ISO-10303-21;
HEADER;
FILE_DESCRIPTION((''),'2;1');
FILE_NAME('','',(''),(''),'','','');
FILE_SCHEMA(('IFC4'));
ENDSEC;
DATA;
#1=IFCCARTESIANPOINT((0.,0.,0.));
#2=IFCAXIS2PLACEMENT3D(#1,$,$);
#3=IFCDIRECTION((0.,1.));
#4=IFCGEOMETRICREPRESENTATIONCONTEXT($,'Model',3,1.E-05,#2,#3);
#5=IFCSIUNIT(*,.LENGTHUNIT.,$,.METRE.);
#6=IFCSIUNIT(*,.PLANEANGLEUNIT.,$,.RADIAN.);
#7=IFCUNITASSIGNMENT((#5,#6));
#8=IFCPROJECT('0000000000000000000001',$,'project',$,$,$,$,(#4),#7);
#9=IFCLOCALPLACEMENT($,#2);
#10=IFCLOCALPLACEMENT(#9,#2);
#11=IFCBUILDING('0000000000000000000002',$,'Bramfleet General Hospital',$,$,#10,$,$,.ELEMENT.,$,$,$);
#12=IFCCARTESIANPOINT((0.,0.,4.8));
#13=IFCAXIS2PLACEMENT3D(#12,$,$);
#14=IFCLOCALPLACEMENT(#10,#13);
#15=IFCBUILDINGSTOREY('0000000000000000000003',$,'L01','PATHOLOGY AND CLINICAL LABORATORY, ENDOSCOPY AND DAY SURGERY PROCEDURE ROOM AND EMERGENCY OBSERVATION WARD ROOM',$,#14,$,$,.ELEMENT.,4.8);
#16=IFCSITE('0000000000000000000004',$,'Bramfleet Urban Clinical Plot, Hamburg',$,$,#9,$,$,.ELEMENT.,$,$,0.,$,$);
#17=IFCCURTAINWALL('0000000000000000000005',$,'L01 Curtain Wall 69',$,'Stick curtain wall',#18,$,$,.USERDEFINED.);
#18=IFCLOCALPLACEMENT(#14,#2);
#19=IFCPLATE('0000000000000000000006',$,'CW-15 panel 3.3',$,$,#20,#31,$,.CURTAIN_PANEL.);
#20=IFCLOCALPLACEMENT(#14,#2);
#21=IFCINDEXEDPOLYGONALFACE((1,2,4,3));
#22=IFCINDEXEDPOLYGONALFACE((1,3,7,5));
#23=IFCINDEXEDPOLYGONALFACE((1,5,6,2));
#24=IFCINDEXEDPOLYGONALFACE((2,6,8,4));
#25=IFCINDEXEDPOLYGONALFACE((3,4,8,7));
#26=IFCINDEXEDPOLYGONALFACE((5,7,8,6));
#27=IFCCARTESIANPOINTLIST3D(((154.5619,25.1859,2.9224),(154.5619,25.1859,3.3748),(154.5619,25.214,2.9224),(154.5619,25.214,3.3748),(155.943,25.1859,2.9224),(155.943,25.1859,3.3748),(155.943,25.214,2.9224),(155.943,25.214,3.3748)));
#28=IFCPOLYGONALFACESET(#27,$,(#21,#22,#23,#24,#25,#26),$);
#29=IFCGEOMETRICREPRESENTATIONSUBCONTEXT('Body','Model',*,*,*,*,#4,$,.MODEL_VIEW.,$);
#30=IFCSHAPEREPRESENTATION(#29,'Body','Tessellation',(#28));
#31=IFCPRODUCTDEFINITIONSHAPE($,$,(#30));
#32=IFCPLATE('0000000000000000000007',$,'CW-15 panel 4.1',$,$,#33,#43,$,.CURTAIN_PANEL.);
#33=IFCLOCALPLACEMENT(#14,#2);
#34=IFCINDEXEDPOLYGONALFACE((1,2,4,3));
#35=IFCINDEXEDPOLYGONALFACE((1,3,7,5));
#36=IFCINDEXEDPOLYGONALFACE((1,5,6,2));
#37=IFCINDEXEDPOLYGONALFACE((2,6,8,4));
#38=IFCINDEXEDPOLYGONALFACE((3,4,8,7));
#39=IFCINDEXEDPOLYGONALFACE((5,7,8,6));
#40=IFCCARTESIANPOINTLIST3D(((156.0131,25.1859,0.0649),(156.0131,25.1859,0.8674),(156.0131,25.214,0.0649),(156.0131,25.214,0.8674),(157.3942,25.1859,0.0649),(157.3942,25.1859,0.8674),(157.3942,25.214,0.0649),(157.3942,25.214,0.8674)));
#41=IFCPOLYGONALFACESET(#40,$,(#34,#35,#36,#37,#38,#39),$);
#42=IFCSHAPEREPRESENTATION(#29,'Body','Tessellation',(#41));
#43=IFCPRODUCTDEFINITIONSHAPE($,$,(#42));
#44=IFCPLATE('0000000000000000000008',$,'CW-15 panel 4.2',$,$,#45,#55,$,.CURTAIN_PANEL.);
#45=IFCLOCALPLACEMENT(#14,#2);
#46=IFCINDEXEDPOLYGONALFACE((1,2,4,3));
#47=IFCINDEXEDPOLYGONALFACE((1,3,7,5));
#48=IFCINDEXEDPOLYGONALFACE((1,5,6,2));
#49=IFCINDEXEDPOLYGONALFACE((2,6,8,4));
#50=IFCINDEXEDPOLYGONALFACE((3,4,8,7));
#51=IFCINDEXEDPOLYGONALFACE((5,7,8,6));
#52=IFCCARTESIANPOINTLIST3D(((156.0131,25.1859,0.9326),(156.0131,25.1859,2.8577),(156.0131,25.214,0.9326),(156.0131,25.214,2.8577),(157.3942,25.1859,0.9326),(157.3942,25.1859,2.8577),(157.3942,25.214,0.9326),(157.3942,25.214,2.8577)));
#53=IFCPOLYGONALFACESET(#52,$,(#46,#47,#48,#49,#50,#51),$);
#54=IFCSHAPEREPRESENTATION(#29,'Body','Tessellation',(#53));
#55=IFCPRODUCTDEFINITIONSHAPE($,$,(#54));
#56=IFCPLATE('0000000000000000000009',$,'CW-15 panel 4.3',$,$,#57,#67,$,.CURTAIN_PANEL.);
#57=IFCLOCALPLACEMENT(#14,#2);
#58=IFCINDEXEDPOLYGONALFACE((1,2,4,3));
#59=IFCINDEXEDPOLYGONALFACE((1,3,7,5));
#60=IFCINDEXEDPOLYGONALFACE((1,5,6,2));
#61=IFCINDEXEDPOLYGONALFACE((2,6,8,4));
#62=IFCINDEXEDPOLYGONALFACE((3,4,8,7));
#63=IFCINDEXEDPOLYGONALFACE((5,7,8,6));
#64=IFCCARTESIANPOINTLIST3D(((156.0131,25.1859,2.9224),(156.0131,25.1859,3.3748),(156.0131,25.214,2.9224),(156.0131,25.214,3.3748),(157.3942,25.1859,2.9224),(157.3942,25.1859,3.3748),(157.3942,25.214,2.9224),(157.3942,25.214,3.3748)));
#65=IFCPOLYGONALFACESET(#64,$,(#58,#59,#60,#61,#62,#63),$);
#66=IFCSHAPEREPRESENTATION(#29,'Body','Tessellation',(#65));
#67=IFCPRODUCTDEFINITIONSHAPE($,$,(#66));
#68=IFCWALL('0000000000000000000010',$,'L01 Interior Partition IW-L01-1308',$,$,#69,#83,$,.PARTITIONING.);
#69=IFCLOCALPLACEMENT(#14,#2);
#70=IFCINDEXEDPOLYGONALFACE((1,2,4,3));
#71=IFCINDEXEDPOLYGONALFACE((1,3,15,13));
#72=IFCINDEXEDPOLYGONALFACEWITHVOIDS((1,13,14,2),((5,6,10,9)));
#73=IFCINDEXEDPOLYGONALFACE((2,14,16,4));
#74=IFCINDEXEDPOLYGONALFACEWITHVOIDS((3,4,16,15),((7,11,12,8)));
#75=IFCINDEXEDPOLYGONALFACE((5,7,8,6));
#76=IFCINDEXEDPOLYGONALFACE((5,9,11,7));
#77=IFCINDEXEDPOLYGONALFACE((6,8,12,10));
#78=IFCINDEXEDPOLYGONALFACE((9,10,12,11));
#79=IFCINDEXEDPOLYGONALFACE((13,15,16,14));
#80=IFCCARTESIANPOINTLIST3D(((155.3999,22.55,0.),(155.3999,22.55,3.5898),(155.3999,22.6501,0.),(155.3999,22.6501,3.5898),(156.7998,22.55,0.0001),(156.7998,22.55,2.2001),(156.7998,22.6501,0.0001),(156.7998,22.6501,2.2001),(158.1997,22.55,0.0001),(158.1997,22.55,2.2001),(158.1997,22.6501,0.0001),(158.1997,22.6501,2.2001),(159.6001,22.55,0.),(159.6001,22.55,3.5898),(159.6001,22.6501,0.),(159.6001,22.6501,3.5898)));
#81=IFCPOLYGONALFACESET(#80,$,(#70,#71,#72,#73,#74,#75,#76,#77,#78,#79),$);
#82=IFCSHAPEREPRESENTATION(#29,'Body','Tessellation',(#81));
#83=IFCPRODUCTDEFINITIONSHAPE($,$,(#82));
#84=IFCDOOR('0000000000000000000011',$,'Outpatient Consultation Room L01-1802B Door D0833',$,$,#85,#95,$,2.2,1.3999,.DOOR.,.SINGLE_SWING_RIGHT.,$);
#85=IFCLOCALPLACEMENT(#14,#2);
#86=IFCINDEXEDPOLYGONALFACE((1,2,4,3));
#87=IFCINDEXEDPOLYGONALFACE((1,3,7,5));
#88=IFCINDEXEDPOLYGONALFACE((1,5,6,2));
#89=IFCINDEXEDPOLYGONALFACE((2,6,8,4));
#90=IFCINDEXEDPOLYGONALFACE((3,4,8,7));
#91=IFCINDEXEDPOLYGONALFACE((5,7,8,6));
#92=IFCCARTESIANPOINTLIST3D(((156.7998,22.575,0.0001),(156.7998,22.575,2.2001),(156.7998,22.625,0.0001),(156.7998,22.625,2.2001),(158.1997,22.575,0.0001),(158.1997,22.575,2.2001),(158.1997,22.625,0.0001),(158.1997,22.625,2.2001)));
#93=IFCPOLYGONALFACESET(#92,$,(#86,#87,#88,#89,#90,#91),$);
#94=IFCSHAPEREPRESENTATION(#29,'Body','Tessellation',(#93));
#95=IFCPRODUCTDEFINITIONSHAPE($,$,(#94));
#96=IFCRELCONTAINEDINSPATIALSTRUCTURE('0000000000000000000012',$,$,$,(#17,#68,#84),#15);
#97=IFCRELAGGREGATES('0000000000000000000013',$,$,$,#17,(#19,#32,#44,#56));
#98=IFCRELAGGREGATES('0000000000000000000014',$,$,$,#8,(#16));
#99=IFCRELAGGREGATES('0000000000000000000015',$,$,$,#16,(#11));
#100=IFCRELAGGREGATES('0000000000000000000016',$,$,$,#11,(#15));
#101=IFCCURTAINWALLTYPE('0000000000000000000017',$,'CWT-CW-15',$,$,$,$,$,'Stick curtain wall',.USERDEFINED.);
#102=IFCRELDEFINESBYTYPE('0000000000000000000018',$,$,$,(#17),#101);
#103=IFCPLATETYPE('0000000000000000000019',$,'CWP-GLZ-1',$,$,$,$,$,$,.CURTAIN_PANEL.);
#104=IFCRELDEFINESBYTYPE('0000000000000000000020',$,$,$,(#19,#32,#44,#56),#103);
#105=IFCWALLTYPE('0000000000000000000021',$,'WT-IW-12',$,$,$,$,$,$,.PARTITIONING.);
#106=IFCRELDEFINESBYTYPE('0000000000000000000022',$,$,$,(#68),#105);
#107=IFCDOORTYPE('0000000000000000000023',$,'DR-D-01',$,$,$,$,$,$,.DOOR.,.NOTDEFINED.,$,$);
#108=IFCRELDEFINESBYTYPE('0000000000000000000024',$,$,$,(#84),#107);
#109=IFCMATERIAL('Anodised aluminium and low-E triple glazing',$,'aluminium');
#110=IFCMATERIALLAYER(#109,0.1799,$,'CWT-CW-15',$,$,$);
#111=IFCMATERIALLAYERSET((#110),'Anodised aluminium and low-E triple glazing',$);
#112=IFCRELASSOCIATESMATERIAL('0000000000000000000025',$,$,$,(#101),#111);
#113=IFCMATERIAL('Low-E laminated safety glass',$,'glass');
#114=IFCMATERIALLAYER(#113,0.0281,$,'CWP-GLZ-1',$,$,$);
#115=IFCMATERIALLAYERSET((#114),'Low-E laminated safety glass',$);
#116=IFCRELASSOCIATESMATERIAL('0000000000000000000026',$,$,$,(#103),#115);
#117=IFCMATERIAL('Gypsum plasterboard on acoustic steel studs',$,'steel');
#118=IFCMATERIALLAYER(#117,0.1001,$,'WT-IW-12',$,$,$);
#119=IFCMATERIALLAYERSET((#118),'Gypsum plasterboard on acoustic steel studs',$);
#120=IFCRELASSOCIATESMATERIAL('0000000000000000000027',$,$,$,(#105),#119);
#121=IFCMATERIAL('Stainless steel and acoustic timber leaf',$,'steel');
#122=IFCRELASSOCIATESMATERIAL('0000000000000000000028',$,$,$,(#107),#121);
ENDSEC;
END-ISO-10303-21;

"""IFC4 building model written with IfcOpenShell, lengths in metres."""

from ifc_helpers import new_model, si_unit, direction, frame, frame_2d, origin, origin_2d, place, context, subcontext, project, spatial, rectangle, extrude, material, layer, layer_set, type_object, element, fill, aggregate, save


model = new_model("IFC4")

# Units and contexts
model_context = context("Model", 3, precision=1e-05, world=origin(), true_north=direction((0.0, 1.0)))
body_context = subcontext(model_context, "Body", "Model", "MODEL_VIEW")
ifc_project = project(units=[si_unit("LENGTHUNIT", "METRE"), si_unit("PLANEANGLEUNIT", "RADIAN")], contexts=[model_context])

# Site, building, storey
site_placement = place(None, origin())
site = spatial("IfcSite", under=ifc_project, at=site_placement, Name="Bramfleet Urban Clinical Plot, Hamburg", CompositionType="ELEMENT", RefElevation=0.0)
building_placement = place(site_placement, origin())
building = spatial("IfcBuilding", under=site, at=building_placement, Name="Bramfleet General Hospital", CompositionType="ELEMENT")
storey_placement = place(building_placement, frame((0.0, 0.0, 4.8)))
storey = spatial("IfcBuildingStorey", under=building, at=storey_placement, Name="L01", Description="PATHOLOGY AND CLINICAL LABORATORY, ENDOSCOPY AND DAY SURGERY PROCEDURE ROOM AND EMERGENCY OBSERVATION WARD ROOM", CompositionType="ELEMENT", Elevation=4.8)

# Curtain wall, plates
ifc_material_1 = material(Name="Anodised aluminium and low-E triple glazing", Category="aluminium")
ifc_layer_1 = layer(ifc_material_1, 0.1799, Name="CWT-CW-15")
ifc_layer_set_1 = layer_set([ifc_layer_1], Name="Anodised aluminium and low-E triple glazing")
curtain_wall_type = type_object("IfcCurtainWallType", Name="CWT-CW-15", ElementType="Stick curtain wall", PredefinedType="USERDEFINED", material=ifc_layer_set_1)
curtain_wall_placement = place(storey_placement, origin())
curtain_wall = element("IfcCurtainWall", 1, at=curtain_wall_placement, inside=storey, type_object=curtain_wall_type, Name="L01 Curtain Wall 69", ObjectType="Stick curtain wall", PredefinedType="USERDEFINED")
ifc_material_2 = material(Name="Low-E laminated safety glass", Category="glass")
ifc_layer_2 = layer(ifc_material_2, 0.0281, Name="CWP-GLZ-1")
ifc_layer_set_2 = layer_set([ifc_layer_2], Name="Low-E laminated safety glass")
plate_type = type_object("IfcPlateType", Name="CWP-GLZ-1", PredefinedType="CURTAIN_PANEL", material=ifc_layer_set_2)
plate_1_placement = place(storey_placement, frame((155.2524, 25.2, 2.9224), z_axis=(0.0, 0.0, 1.0), x_axis=(1.0, 0.0, 0.0)))
plate_1 = element("IfcPlate", 2, at=plate_1_placement, type_object=plate_type, Name="CW-15 panel 3.3", PredefinedType="CURTAIN_PANEL", context=body_context, shape_type="SweptSolid", body=[
    extrude(rectangle(XDim=1.3811, YDim=0.0281, at=origin_2d()), origin(), (0.0, 0.0, 1.0), 0.4524),
])
plate_2_placement = place(storey_placement, frame((156.7036, 25.2, 0.0649), z_axis=(0.0, 0.0, 1.0), x_axis=(1.0, 0.0, 0.0)))
plate_2 = element("IfcPlate", 3, at=plate_2_placement, type_object=plate_type, Name="CW-15 panel 4.1", PredefinedType="CURTAIN_PANEL", context=body_context, shape_type="SweptSolid", body=[
    extrude(rectangle(XDim=1.3811, YDim=0.0281, at=origin_2d()), origin(), (0.0, 0.0, 1.0), 0.8025),
])
plate_3_placement = place(storey_placement, frame((156.7036, 25.2, 0.9326), z_axis=(0.0, 0.0, 1.0), x_axis=(1.0, 0.0, 0.0)))
plate_3 = element("IfcPlate", 4, at=plate_3_placement, type_object=plate_type, Name="CW-15 panel 4.2", PredefinedType="CURTAIN_PANEL", context=body_context, shape_type="SweptSolid", body=[
    extrude(rectangle(XDim=1.3811, YDim=0.0281, at=origin_2d()), origin(), (0.0, 0.0, 1.0), 1.925),
])
plate_4_placement = place(storey_placement, frame((156.7036, 25.2, 2.9224), z_axis=(0.0, 0.0, 1.0), x_axis=(1.0, 0.0, 0.0)))
plate_4 = element("IfcPlate", 5, at=plate_4_placement, type_object=plate_type, Name="CW-15 panel 4.3", PredefinedType="CURTAIN_PANEL", context=body_context, shape_type="SweptSolid", body=[
    extrude(rectangle(XDim=1.3811, YDim=0.0281, at=origin_2d()), origin(), (0.0, 0.0, 1.0), 0.4524),
])
aggregate(curtain_wall, [plate_1, plate_2, plate_3, plate_4])

# Wall, opening, door
ifc_material_3 = material(Name="Gypsum plasterboard on acoustic steel studs", Category="steel")
ifc_layer_3 = layer(ifc_material_3, 0.1001, Name="WT-IW-12")
ifc_layer_set_3 = layer_set([ifc_layer_3], Name="Gypsum plasterboard on acoustic steel studs")
wall_type = type_object("IfcWallType", Name="WT-IW-12", PredefinedType="PARTITIONING", material=ifc_layer_set_3)
wall_placement = place(storey_placement, frame((155.3999, 22.6001, 0.0), z_axis=(0.0, 0.0, 1.0), x_axis=(1.0, 0.0, 0.0)))
wall = element("IfcWall", 6, at=wall_placement, inside=storey, type_object=wall_type, Name="L01 Interior Partition IW-L01-1308", PredefinedType="PARTITIONING", context=body_context, shape_type="SweptSolid", body=[
    extrude(rectangle(XDim=4.2002, YDim=0.1001, at=frame_2d((2.1001, 0.0))), origin(), (0.0, 0.0, 1.0), 3.5898),
])
opening_placement = place(wall_placement, frame((1.3999, 0.0, 0.0)))
opening = element("IfcOpeningElement", 7, at=opening_placement, cuts=wall, PredefinedType="OPENING", context=body_context, shape_type="SweptSolid", body=[
    extrude(rectangle(XDim=1.3999, YDim=2.2, at=frame_2d((0.7, 1.1001))), frame((0.0, 0.0601, 0.0), z_axis=(0.0, -1.0, 0.0), x_axis=(1.0, 0.0, 0.0)), (0.0, 0.0, 1.0), 0.1201),
])
ifc_material_4 = material(Name="Stainless steel and acoustic timber leaf", Category="steel")
door_type = type_object("IfcDoorType", Name="DR-D-01", OperationType="NOTDEFINED", PredefinedType="DOOR", material=ifc_material_4)
door_placement = place(opening_placement, origin())
door = element("IfcDoor", 8, at=door_placement, inside=storey, type_object=door_type, Name="Outpatient Consultation Room L01-1802B Door D0833", OperationType="SINGLE_SWING_RIGHT", OverallHeight=2.2, OverallWidth=1.3999, PredefinedType="DOOR", context=body_context, shape_type="SweptSolid", body=[
    extrude(rectangle(XDim=1.3999, YDim=2.2, at=frame_2d((0.7, 1.1001))), frame((0.0, 0.0249, 0.0), z_axis=(0.0, -1.0, 0.0), x_axis=(1.0, 0.0, 0.0)), (0.0, 0.0, 1.0), 0.05),
])
fill(opening, door)

save(model, "model.ifc")
